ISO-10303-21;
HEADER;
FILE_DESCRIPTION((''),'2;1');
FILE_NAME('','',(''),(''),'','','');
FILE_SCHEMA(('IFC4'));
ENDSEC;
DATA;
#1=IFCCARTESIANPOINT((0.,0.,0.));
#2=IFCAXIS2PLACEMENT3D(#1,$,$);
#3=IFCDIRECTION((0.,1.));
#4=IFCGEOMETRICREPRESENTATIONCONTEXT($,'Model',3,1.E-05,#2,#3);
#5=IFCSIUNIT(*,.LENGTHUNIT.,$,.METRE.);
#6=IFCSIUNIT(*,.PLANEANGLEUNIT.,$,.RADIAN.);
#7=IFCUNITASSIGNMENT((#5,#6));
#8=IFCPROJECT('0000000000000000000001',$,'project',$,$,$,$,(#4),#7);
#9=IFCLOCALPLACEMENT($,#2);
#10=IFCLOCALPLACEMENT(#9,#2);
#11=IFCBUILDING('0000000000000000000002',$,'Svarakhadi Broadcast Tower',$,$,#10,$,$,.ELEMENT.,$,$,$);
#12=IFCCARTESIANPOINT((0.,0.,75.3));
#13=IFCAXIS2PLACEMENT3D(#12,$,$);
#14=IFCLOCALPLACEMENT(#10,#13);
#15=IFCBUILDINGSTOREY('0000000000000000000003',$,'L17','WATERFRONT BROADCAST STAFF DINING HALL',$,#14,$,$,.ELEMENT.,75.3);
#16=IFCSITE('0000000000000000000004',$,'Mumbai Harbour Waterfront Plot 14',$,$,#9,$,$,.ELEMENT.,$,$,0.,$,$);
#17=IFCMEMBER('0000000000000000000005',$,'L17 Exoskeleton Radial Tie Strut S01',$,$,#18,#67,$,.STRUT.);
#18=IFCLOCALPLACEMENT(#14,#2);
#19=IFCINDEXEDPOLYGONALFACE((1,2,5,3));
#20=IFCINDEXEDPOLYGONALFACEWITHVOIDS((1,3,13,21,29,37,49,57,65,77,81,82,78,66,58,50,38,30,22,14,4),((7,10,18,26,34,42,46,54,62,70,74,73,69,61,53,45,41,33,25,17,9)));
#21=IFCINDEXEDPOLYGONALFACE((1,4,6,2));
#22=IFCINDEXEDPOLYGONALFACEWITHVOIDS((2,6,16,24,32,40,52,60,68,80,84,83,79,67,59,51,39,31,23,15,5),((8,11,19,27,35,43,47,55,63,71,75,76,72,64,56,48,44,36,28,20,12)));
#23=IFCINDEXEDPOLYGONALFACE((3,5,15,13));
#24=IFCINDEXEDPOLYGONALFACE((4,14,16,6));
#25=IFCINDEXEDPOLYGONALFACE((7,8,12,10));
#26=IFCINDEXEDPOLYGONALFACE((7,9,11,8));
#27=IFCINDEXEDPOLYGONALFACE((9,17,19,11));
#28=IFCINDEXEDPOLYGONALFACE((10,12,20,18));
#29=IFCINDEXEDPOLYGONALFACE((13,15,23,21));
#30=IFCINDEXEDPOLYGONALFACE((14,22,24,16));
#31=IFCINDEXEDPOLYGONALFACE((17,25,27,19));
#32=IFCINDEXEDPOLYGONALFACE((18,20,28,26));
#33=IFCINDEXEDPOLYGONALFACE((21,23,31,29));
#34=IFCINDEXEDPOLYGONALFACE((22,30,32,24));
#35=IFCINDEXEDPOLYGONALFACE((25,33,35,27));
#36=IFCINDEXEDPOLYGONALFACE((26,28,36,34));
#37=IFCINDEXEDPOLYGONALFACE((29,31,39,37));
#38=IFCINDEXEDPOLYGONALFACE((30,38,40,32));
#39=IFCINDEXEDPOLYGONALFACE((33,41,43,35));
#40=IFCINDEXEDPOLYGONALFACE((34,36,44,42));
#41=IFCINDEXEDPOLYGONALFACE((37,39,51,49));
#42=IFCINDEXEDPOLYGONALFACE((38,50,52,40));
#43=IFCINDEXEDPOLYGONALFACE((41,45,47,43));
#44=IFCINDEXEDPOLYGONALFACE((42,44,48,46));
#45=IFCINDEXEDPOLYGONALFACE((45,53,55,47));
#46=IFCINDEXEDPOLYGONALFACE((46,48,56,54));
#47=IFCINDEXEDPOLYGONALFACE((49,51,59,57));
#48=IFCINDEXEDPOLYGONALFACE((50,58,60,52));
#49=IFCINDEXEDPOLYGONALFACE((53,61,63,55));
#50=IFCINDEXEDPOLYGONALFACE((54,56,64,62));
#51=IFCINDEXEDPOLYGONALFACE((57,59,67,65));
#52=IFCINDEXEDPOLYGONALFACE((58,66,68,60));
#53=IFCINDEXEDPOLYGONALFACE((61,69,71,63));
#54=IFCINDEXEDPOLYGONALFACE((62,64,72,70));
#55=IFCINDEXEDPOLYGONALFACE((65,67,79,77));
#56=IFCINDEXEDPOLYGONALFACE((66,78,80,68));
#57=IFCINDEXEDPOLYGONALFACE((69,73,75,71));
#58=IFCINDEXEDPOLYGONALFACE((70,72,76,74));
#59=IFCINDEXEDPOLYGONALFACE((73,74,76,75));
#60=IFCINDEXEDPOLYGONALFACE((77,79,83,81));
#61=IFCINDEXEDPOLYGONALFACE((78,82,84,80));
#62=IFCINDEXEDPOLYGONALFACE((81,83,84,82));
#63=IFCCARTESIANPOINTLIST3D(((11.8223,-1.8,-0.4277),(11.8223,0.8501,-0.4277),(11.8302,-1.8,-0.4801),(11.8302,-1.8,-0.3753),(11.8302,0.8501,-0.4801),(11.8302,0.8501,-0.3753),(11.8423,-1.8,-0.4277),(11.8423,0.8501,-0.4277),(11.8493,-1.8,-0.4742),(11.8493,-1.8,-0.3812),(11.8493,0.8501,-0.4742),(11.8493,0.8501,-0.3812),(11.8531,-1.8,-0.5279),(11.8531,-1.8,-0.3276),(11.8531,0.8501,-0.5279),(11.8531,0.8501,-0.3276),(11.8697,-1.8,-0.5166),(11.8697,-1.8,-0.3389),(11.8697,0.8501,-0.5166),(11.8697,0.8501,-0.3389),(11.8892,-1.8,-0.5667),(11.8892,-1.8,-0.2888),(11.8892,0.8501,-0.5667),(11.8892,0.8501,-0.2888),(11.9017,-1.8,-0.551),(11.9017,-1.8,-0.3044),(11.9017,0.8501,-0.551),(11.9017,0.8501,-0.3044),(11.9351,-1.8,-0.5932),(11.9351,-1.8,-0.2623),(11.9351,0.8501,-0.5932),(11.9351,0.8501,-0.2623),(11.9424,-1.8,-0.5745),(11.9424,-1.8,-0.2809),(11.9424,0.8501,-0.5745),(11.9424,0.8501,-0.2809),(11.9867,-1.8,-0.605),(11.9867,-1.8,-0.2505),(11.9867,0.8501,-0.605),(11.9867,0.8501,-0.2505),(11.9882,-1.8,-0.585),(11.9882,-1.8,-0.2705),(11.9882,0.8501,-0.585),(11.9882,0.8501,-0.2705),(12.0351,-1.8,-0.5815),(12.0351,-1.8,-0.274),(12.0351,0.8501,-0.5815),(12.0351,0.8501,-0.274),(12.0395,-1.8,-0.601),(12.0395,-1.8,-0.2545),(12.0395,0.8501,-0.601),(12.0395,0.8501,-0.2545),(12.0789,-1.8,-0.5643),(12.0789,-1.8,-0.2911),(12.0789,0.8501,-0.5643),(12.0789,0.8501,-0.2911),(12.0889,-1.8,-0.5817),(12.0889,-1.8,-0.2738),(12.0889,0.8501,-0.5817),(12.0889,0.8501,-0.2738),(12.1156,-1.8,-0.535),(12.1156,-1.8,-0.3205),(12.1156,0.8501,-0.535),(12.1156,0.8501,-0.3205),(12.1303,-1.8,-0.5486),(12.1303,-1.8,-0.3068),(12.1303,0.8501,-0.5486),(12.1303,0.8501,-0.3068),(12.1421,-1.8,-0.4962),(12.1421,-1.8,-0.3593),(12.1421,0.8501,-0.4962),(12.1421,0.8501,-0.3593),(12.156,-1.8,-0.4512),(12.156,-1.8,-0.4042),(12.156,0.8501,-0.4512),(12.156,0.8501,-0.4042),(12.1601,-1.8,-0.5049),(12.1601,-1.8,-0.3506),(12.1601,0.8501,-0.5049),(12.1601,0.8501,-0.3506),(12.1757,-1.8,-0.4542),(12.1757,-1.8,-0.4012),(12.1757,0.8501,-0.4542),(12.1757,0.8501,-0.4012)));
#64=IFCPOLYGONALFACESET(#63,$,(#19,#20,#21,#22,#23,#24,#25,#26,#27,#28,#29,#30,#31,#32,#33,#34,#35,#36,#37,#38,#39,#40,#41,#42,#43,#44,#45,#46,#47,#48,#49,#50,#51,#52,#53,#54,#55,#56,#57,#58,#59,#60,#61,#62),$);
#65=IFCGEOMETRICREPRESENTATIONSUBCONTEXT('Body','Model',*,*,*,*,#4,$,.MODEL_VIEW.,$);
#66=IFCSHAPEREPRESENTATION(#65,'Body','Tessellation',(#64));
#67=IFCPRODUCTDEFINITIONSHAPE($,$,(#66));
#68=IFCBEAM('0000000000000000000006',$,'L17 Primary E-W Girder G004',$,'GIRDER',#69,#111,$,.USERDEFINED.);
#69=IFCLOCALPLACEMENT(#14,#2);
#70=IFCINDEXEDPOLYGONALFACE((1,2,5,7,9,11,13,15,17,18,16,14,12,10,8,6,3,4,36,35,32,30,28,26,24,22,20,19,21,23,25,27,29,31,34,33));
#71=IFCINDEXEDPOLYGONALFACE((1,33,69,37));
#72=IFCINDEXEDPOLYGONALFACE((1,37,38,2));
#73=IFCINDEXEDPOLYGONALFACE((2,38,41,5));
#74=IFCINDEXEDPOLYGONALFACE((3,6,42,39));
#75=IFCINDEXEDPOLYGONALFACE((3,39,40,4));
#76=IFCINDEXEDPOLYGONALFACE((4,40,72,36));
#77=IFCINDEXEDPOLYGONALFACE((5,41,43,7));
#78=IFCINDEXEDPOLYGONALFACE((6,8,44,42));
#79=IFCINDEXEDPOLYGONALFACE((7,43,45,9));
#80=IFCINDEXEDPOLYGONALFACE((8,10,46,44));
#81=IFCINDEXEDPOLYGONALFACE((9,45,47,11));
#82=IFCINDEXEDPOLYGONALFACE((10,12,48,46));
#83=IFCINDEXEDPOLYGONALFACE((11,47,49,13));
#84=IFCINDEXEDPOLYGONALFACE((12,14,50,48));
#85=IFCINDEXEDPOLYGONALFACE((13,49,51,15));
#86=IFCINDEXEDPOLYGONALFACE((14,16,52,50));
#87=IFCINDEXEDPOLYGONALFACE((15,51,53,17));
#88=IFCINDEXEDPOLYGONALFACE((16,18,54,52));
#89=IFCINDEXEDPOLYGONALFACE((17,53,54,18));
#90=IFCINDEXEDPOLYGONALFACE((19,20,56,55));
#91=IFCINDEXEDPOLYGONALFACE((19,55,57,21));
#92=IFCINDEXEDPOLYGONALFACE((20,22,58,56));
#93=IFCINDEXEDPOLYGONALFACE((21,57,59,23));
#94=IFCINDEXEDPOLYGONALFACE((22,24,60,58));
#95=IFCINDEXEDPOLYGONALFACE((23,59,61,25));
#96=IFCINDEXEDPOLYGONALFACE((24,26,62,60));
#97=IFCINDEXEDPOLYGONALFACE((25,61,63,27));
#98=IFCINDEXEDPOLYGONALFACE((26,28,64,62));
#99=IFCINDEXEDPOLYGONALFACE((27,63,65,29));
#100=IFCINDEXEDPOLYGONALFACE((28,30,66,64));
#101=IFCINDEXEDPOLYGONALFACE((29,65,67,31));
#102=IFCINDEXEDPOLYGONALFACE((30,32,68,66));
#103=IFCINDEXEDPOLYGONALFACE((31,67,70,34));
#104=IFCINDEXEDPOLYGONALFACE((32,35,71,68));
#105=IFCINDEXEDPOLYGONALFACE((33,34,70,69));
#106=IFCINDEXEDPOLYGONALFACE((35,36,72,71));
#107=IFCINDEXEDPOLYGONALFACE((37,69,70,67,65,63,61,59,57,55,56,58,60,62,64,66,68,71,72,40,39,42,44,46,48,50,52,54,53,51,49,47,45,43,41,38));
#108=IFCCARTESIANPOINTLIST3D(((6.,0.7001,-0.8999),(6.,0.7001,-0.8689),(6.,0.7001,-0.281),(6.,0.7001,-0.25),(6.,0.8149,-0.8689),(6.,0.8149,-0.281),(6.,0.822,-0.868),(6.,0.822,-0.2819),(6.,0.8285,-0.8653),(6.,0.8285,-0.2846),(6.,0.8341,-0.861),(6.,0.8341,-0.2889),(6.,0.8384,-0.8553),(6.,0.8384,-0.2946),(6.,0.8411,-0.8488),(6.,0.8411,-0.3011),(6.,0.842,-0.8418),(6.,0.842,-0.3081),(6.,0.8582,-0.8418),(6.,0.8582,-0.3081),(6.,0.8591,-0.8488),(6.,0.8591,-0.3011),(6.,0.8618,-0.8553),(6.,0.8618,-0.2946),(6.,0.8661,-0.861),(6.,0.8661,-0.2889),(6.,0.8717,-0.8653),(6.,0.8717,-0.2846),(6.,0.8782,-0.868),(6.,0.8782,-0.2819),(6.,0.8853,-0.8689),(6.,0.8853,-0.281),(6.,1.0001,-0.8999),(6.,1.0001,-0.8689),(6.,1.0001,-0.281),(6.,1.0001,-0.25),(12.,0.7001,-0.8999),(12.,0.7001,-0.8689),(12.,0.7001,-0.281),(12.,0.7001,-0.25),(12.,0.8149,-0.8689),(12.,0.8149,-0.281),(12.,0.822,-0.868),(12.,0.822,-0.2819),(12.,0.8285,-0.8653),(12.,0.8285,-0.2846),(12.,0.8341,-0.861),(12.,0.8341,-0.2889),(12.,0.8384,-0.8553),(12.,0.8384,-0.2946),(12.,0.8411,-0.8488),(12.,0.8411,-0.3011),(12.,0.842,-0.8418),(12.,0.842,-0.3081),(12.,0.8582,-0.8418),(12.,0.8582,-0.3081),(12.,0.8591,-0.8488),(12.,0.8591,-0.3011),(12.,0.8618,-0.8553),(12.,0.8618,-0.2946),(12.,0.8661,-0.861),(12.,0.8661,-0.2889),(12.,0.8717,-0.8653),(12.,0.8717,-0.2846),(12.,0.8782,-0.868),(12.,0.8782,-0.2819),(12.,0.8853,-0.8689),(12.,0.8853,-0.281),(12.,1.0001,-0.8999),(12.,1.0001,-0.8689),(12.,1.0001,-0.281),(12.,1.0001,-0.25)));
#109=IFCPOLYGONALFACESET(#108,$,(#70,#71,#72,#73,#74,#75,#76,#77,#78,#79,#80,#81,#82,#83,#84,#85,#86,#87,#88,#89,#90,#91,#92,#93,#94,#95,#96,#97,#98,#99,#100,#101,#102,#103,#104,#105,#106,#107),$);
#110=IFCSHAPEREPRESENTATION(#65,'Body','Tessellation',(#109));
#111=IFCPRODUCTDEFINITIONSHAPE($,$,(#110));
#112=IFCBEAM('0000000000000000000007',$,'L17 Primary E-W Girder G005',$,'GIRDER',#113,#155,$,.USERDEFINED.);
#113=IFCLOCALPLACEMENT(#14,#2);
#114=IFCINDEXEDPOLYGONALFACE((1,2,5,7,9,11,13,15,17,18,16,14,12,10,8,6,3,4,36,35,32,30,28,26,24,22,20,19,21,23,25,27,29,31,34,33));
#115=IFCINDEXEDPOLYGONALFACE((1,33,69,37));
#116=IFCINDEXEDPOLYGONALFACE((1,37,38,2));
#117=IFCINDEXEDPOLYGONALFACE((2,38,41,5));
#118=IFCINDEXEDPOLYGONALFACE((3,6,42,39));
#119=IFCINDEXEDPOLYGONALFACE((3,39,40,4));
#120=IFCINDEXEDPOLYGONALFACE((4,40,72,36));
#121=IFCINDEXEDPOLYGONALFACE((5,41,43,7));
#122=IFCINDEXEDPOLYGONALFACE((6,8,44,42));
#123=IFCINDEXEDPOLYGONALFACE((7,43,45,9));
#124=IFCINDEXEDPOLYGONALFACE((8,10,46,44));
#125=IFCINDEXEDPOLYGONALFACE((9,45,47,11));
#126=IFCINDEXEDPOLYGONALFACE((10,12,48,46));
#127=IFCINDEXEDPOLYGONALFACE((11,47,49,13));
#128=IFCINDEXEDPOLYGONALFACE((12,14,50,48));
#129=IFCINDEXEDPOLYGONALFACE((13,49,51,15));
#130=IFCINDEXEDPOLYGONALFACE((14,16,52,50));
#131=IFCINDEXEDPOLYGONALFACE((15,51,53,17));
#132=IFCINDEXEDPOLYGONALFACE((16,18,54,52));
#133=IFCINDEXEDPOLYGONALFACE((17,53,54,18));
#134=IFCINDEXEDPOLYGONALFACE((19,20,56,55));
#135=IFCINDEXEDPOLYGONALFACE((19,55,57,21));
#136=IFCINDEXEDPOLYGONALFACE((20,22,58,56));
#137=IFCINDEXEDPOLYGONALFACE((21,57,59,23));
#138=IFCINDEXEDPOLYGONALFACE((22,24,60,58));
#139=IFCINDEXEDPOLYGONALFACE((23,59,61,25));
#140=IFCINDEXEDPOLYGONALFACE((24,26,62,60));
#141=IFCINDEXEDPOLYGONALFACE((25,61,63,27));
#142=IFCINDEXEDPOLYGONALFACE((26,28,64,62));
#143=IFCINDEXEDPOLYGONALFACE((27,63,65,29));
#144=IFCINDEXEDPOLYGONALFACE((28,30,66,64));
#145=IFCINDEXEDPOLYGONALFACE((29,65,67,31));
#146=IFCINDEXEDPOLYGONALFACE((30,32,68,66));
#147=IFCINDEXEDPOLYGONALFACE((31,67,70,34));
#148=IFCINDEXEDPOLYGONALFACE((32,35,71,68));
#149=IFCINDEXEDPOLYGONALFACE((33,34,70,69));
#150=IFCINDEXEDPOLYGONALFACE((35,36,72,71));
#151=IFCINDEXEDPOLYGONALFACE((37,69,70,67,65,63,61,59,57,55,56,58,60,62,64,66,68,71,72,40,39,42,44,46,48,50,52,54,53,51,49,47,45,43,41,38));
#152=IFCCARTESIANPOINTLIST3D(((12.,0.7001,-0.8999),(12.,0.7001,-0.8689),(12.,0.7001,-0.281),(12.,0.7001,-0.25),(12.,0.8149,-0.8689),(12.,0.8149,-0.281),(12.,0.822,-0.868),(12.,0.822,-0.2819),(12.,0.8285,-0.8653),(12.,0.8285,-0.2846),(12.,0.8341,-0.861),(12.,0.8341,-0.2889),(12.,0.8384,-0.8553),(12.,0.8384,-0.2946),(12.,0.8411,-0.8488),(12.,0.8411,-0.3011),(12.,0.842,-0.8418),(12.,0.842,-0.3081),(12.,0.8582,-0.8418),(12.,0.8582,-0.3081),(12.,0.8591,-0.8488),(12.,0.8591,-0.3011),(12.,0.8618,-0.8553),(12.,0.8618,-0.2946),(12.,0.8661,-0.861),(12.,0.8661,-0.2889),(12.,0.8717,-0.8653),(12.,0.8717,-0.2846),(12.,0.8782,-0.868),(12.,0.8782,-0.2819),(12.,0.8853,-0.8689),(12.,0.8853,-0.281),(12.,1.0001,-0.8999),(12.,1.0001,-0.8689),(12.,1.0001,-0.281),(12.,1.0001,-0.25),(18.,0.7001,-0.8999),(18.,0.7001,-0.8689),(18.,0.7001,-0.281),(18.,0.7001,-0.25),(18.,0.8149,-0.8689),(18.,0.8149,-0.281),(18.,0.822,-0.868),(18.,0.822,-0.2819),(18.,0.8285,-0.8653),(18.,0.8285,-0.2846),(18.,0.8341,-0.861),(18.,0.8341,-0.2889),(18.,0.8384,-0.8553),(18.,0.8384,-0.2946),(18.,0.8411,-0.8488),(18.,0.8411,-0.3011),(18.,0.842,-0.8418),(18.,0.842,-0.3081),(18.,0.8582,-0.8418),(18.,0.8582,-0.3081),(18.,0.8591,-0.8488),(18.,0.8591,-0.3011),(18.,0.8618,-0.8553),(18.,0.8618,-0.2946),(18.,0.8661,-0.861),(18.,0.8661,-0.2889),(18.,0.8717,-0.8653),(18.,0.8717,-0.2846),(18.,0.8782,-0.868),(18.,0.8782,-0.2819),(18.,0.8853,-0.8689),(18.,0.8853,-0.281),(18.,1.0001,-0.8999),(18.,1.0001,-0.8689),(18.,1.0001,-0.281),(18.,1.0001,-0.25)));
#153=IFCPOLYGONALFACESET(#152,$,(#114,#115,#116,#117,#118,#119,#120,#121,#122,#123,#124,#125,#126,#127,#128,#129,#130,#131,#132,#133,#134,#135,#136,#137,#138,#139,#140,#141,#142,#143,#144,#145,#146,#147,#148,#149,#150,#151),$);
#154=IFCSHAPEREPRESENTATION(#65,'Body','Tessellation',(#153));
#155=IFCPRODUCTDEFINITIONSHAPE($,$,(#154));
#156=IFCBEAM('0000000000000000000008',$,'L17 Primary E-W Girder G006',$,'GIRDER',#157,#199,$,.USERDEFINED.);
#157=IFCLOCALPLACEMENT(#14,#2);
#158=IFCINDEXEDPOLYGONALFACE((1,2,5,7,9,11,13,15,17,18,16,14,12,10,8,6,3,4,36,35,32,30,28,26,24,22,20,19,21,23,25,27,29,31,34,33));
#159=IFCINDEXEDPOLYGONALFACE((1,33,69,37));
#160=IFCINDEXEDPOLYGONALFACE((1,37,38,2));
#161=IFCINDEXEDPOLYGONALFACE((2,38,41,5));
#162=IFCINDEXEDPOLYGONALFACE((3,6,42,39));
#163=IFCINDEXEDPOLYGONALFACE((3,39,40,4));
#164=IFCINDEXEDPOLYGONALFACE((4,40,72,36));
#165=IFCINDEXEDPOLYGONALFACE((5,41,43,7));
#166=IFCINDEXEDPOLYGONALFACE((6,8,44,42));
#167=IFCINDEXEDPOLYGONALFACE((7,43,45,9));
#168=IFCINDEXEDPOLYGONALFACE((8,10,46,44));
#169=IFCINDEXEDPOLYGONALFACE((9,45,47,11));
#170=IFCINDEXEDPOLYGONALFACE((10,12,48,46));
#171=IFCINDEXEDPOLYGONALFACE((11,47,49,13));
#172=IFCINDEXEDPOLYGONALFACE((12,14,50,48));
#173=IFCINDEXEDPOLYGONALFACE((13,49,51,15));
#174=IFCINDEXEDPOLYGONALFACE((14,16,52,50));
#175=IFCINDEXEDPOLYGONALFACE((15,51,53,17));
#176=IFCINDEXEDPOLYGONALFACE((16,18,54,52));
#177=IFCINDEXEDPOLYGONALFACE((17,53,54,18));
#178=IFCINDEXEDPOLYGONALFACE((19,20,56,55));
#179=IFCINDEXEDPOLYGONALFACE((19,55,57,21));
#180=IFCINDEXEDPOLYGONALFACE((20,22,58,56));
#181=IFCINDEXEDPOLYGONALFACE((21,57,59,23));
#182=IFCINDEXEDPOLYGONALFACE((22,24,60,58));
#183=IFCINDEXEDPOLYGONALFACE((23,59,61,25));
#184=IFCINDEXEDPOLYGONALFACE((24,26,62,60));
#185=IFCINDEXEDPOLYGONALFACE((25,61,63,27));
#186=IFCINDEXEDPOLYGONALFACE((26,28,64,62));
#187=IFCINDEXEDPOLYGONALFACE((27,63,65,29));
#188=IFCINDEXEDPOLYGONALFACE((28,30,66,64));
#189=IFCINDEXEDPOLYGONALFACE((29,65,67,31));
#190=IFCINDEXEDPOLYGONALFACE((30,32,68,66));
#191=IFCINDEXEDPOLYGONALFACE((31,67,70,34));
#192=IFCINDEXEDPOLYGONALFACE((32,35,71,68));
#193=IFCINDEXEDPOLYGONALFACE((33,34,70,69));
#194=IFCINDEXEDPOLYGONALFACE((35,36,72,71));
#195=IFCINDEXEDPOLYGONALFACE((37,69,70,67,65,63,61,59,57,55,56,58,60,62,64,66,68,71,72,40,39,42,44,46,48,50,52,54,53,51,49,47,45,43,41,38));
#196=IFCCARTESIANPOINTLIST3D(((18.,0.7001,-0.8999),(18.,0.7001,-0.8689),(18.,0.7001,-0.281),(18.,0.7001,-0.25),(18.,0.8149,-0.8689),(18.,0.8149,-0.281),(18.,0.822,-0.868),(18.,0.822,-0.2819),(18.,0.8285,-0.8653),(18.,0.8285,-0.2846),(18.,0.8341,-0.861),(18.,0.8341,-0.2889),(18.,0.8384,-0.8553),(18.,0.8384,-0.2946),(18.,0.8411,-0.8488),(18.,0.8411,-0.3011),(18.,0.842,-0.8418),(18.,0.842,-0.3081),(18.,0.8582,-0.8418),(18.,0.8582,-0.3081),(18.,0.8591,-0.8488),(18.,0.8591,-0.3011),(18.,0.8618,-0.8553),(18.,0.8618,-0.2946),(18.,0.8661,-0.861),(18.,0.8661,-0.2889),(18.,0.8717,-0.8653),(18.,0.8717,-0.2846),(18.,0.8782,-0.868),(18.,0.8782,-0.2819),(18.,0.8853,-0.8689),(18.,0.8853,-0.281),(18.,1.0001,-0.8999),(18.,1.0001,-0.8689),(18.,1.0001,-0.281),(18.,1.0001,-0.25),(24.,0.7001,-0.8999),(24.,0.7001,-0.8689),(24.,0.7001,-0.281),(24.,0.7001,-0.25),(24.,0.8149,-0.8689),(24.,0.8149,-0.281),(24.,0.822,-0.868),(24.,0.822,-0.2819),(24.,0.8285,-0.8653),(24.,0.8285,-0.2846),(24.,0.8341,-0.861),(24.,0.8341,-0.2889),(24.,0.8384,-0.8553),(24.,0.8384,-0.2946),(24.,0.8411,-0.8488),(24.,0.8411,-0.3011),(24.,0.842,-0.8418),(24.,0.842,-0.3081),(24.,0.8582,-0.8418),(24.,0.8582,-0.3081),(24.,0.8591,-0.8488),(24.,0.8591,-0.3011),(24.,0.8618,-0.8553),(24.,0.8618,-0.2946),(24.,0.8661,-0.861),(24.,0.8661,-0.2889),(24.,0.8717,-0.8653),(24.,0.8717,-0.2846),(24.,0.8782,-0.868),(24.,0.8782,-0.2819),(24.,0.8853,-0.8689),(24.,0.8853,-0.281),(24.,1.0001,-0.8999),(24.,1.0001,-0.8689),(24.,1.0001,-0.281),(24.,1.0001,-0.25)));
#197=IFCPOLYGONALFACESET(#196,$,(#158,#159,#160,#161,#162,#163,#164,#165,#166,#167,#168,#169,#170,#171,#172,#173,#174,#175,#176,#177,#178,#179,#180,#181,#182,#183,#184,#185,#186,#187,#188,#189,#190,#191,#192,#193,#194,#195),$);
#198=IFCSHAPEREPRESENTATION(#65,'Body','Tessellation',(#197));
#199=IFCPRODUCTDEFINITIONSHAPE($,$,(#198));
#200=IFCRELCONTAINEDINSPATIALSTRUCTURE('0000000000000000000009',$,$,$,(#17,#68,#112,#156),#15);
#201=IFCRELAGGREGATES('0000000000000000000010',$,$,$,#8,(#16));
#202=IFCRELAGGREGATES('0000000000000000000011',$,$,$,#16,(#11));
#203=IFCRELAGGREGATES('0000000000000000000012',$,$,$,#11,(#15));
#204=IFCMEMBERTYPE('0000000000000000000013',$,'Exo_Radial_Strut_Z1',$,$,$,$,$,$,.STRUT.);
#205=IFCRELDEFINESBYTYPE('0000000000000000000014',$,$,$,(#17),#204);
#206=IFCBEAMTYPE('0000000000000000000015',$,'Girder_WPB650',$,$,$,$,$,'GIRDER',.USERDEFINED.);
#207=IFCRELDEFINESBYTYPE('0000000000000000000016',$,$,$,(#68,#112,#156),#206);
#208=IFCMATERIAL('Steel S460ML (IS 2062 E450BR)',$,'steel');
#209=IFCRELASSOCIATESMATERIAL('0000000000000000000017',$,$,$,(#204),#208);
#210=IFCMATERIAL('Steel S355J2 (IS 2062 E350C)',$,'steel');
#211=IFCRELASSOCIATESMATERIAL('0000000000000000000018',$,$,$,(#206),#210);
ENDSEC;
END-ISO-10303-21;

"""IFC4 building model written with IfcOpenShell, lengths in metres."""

from ifc_helpers import new_model, si_unit, direction, frame, origin, origin_2d, place, context, subcontext, project, spatial, hollow_circle, i_section, extrude, material, material_profile, profile_set, type_object, element, save


model = new_model("IFC4")

# Units and contexts
model_context = context("Model", 3, precision=1e-05, world=origin(), true_north=direction((0.0, 1.0)))
body_context = subcontext(model_context, "Body", "Model", "MODEL_VIEW")
ifc_project = project(units=[si_unit("LENGTHUNIT", "METRE"), si_unit("PLANEANGLEUNIT", "RADIAN")], contexts=[model_context])

# Site, building, storey
site_placement = place(None, origin())
site = spatial("IfcSite", under=ifc_project, at=site_placement, Name="Mumbai Harbour Waterfront Plot 14", CompositionType="ELEMENT", RefElevation=0.0)
building_placement = place(site_placement, origin())
building = spatial("IfcBuilding", under=site, at=building_placement, Name="Svarakhadi Broadcast Tower", CompositionType="ELEMENT")
storey_placement = place(building_placement, frame((0.0, 0.0, 75.3)))
storey = spatial("IfcBuildingStorey", under=building, at=storey_placement, Name="L17", Description="WATERFRONT BROADCAST STAFF DINING HALL", CompositionType="ELEMENT", Elevation=75.3)

# Shared definitions
ifc_material_1 = material(Name="Steel S460ML (IS 2062 E450BR)", Category="steel")

# Shared definitions
ifc_material_2 = material(Name="Steel S355J2 (IS 2062 E350C)", Category="steel")

# Member
ifc_material_profile_1 = material_profile(ifc_material_1, hollow_circle(Radius=0.1777, WallThickness=0.02, at=origin_2d()), Name="CHS 355.6x20")
ifc_profile_set_1 = profile_set([ifc_material_profile_1], Name="Steel S460ML (IS 2062 E450BR)")
member_type_1 = type_object("IfcMemberType", Name="Exo_Radial_Strut_Z1", PredefinedType="STRUT", material=ifc_profile_set_1)
member_1_placement = place(storey_placement, frame((12.0, -1.8, -0.4277), z_axis=(0.0, 1.0, 0.0), x_axis=(-1.0, 0.0, 0.0)))
element("IfcMember", 1, at=member_1_placement, inside=storey, type_object=member_type_1, Name="L17 Exoskeleton Radial Tie Strut S01", PredefinedType="STRUT", context=body_context, shape_type="SweptSolid", body=[
    extrude(hollow_circle(Radius=0.1777, WallThickness=0.02, at=origin_2d()), origin(), (0.0, 0.0, 1.0), 2.6501),
])

# Beams
ifc_material_profile_2 = material_profile(ifc_material_2, i_section(OverallWidth=0.3, OverallDepth=0.6499, WebThickness=0.0161, FlangeThickness=0.031, FilletRadius=0.0271, at=origin_2d()), Name="WPB 650x300x225")
ifc_profile_set_2 = profile_set([ifc_material_profile_2], Name="Steel S355J2 (IS 2062 E350C)")
beam_type_1 = type_object("IfcBeamType", Name="Girder_WPB650", ElementType="GIRDER", PredefinedType="USERDEFINED", material=ifc_profile_set_2)
for number, where, z_axis, x_axis, name in (
    (2, (6.0, 0.8501, -0.575), (1.0, 0.0, 0.0), (0.0, 1.0, 0.0), "L17 Primary E-W Girder G004"),
    (3, (12.0, 0.8501, -0.575), (1.0, 0.0, 0.0), (0.0, 1.0, 0.0), "L17 Primary E-W Girder G005"),
    (4, (18.0, 0.8501, -0.575), (1.0, 0.0, 0.0), (0.0, 1.0, 0.0), "L17 Primary E-W Girder G006"),
):
    element("IfcBeam", number, at=place(storey_placement, frame(where, z_axis=z_axis, x_axis=x_axis)), inside=storey, type_object=beam_type_1, Name=name, ObjectType="GIRDER", PredefinedType="USERDEFINED", context=body_context, shape_type="SweptSolid", body=[
        extrude(i_section(OverallWidth=0.3, OverallDepth=0.6499, WebThickness=0.0161, FlangeThickness=0.031, FilletRadius=0.0271, at=origin_2d()), origin(), (0.0, 0.0, 1.0), 6.0),
    ])

save(model, "model.ifc")
